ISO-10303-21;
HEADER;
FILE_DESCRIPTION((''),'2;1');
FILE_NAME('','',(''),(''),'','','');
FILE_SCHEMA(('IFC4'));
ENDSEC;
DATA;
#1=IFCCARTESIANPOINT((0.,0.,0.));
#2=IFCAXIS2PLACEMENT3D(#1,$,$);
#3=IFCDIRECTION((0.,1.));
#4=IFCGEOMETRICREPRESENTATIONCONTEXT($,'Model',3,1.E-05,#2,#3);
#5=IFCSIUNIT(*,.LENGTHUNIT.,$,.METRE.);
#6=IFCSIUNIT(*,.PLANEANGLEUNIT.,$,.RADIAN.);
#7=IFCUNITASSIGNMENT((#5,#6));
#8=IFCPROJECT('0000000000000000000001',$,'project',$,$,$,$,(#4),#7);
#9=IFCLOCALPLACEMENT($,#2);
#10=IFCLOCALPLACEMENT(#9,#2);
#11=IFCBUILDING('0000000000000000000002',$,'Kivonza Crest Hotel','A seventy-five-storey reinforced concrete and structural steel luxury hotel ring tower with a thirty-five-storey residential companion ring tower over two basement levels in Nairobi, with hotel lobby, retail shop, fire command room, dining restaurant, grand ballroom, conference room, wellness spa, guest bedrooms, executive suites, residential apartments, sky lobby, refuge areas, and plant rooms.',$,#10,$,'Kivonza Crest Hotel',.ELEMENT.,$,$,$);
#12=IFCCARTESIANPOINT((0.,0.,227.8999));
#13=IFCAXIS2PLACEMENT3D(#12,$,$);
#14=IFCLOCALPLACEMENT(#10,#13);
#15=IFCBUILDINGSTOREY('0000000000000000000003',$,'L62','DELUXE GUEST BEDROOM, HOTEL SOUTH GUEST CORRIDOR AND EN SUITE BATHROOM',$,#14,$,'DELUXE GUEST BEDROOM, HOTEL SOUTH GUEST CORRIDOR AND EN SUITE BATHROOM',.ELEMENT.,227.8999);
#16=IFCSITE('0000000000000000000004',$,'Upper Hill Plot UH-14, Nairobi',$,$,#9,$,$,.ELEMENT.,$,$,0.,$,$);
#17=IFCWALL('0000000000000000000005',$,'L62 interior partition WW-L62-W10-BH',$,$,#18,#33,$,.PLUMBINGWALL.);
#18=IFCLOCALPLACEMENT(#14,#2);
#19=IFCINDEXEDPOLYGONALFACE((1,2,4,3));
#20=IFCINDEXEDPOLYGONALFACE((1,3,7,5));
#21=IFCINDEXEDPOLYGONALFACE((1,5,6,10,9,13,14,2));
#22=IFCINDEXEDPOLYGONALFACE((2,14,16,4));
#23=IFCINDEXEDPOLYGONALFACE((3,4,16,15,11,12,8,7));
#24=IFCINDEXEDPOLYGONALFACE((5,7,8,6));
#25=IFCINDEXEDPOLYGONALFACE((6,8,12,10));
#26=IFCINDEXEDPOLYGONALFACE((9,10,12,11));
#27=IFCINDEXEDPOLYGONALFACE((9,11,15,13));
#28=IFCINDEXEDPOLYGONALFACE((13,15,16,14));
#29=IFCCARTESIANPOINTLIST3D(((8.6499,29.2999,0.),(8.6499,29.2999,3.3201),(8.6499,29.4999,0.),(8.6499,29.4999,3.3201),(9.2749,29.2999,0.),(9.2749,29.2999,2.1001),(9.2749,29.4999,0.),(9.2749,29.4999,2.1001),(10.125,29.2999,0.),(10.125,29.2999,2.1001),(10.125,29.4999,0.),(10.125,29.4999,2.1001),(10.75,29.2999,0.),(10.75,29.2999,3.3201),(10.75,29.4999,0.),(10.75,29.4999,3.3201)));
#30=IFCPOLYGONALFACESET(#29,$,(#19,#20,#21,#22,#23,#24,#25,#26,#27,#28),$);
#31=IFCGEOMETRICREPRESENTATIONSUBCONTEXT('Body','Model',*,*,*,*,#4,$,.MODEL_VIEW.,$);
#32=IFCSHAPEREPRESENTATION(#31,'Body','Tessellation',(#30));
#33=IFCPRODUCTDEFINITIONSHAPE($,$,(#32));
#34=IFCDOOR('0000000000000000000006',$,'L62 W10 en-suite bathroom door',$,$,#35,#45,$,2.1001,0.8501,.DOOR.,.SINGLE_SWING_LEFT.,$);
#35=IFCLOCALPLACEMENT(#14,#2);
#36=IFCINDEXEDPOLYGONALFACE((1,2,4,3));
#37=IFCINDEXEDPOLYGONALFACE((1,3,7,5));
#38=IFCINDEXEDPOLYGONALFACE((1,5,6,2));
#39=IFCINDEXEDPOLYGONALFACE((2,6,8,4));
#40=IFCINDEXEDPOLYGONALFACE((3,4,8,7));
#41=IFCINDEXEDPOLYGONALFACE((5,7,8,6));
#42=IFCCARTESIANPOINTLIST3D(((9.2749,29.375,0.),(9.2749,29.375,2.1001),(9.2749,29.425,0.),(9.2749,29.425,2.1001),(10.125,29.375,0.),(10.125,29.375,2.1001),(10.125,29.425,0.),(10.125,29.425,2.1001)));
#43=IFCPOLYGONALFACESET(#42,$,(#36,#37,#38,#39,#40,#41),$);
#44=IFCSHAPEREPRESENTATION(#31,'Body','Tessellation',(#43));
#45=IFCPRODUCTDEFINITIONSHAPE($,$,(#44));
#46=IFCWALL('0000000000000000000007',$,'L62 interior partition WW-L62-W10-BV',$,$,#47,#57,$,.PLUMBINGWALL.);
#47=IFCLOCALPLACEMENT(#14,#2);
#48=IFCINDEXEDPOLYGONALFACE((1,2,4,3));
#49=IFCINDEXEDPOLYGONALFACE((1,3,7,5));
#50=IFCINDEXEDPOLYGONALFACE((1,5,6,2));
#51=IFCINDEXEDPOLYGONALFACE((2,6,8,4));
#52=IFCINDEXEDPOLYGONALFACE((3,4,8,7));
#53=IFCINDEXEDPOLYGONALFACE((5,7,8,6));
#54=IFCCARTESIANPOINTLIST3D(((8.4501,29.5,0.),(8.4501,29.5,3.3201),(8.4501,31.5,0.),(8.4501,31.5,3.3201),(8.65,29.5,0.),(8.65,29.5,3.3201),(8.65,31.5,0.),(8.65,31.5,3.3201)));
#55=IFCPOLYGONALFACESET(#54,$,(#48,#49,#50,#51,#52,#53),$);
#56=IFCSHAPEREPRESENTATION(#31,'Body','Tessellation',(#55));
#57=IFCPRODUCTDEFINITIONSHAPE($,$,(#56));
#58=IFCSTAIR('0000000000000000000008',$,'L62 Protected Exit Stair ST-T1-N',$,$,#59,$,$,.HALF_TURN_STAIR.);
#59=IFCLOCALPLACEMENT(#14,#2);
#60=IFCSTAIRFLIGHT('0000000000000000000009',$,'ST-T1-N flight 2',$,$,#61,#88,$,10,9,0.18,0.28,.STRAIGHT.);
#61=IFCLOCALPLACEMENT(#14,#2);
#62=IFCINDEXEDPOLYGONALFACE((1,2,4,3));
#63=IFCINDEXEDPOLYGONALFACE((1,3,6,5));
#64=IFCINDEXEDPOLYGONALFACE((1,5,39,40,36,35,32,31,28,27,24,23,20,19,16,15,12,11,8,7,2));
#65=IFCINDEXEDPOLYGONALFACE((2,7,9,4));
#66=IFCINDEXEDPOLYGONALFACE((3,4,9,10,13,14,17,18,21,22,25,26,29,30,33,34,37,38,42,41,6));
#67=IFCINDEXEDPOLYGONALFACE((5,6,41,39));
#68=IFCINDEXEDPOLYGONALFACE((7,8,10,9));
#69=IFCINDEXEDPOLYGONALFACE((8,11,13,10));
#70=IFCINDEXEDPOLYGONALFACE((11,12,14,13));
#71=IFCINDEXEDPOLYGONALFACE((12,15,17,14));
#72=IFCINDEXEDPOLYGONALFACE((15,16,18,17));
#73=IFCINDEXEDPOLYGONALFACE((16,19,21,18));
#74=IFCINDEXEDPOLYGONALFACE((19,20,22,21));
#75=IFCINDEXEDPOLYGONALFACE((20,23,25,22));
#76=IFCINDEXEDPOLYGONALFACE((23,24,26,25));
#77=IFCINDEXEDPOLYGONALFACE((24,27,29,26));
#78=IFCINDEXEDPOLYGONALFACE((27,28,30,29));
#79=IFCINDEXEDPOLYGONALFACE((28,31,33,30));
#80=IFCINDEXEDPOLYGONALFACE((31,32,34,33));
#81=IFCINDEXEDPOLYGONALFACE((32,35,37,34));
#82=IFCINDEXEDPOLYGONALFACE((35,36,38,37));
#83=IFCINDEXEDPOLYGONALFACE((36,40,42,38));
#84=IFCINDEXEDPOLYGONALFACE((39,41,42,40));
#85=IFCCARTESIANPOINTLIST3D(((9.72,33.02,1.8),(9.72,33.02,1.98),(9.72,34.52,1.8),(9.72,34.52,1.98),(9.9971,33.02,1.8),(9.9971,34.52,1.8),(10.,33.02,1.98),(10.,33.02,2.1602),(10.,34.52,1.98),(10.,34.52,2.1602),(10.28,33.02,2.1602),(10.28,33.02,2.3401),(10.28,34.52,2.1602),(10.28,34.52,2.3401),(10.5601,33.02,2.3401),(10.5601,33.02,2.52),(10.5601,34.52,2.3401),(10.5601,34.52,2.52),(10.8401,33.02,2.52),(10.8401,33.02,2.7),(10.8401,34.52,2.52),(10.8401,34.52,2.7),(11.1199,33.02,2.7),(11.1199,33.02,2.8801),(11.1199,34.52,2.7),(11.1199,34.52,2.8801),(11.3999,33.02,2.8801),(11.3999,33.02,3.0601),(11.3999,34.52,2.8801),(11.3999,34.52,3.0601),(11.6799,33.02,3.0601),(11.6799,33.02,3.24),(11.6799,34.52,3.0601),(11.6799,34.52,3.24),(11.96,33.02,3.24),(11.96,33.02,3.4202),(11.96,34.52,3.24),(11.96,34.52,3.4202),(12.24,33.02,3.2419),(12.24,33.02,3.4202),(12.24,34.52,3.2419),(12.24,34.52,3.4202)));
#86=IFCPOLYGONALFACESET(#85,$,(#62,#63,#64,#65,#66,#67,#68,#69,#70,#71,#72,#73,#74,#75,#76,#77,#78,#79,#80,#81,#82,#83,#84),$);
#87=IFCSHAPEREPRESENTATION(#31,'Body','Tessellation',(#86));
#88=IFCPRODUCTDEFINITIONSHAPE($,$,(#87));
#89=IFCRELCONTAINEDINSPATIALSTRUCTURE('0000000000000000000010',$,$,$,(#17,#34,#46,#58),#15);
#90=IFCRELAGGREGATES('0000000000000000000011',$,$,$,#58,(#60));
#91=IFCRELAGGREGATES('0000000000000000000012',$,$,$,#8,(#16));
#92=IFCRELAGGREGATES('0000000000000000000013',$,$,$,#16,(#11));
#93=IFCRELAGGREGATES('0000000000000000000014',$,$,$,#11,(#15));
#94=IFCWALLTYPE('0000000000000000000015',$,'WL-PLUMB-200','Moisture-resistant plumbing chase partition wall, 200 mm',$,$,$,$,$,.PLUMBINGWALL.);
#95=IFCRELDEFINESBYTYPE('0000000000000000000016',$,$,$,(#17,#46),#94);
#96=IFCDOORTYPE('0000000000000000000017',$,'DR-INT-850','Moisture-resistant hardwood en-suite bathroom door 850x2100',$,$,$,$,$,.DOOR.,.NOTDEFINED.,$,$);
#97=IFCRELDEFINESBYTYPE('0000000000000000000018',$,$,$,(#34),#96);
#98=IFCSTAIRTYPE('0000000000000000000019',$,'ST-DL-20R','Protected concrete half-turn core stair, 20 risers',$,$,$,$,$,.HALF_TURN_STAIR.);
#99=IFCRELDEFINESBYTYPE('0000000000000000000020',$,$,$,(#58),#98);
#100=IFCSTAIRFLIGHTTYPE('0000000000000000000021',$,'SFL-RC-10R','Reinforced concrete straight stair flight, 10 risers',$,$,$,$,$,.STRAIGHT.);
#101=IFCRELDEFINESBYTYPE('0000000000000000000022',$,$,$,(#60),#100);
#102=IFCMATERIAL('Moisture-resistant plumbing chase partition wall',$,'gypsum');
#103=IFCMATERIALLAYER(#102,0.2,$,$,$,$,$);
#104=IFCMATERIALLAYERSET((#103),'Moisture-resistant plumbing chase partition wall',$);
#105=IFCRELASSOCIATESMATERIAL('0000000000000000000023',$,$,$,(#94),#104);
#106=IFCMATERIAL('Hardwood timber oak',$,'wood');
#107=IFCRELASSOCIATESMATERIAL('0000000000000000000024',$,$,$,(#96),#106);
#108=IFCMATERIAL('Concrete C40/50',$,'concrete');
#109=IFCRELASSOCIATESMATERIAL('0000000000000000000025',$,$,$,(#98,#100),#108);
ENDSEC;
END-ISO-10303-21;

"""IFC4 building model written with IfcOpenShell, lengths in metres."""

from ifc_helpers import new_model, si_unit, direction, frame, frame_2d, origin, place, context, subcontext, project, spatial, polyline, rectangle, outline, extrude, material, layer, layer_set, type_object, element, fill, aggregate, save


model = new_model("IFC4")

# Units and contexts
model_context = context("Model", 3, precision=1e-05, world=origin(), true_north=direction((0.0, 1.0)))
body_context = subcontext(model_context, "Body", "Model", "MODEL_VIEW")
ifc_project = project(units=[si_unit("LENGTHUNIT", "METRE"), si_unit("PLANEANGLEUNIT", "RADIAN")], contexts=[model_context])

# Site, building, storey
site_placement = place(None, origin())
site = spatial("IfcSite", under=ifc_project, at=site_placement, Name="Upper Hill Plot UH-14, Nairobi", CompositionType="ELEMENT", RefElevation=0.0)
building_placement = place(site_placement, origin())
building = spatial("IfcBuilding", under=site, at=building_placement, Name="Kivonza Crest Hotel", Description="A seventy-five-storey reinforced concrete and structural steel luxury hotel ring tower with a thirty-five-storey residential companion ring tower over two basement levels in Nairobi, with hotel lobby, retail shop, fire command room, dining restaurant, grand ballroom, conference room, wellness spa, guest bedrooms, executive suites, residential apartments, sky lobby, refuge areas, and plant rooms.", LongName="Kivonza Crest Hotel", CompositionType="ELEMENT")
storey_placement = place(building_placement, frame((0.0, 0.0, 227.8999)))
storey = spatial("IfcBuildingStorey", under=building, at=storey_placement, Name="L62", Description="DELUXE GUEST BEDROOM, HOTEL SOUTH GUEST CORRIDOR AND EN SUITE BATHROOM", LongName="DELUXE GUEST BEDROOM, HOTEL SOUTH GUEST CORRIDOR AND EN SUITE BATHROOM", CompositionType="ELEMENT", Elevation=227.8999)

# Shared definitions
ifc_material_1 = material(Name="Hardwood timber oak", Category="wood")

# Wall, opening, door
ifc_material_2 = material(Name="Moisture-resistant plumbing chase partition wall", Category="gypsum")
ifc_layer_1 = layer(ifc_material_2, 0.2)
ifc_layer_set_1 = layer_set([ifc_layer_1], Name="Moisture-resistant plumbing chase partition wall")
wall_type_1 = type_object("IfcWallType", Name="WL-PLUMB-200", Description="Moisture-resistant plumbing chase partition wall, 200 mm", PredefinedType="PLUMBINGWALL", material=ifc_layer_set_1)
wall_1_placement = place(storey_placement, frame((8.6499, 29.3999, 0.0), z_axis=(0.0, 0.0, 1.0), x_axis=(1.0, 0.0, 0.0)))
wall_1 = element("IfcWall", 1, at=wall_1_placement, inside=storey, type_object=wall_type_1, Name="L62 interior partition WW-L62-W10-BH", PredefinedType="PLUMBINGWALL", context=body_context, shape_type="SweptSolid", body=[
    extrude(rectangle(XDim=2.1001, YDim=0.2, at=frame_2d((1.05, 0.0))), origin(), (0.0, 0.0, 1.0), 3.3201),
])
opening_1_placement = place(wall_1_placement, frame((0.625, 0.0, 0.0)))
opening_1 = element("IfcOpeningElement", 2, at=opening_1_placement, cuts=wall_1, PredefinedType="OPENING", context=body_context, shape_type="SweptSolid", body=[
    extrude(rectangle(XDim=0.8501, YDim=2.1001, at=frame_2d((0.425, 1.05))), frame((0.0, 0.1099, 0.0), z_axis=(0.0, -1.0, 0.0), x_axis=(1.0, 0.0, 0.0)), (0.0, 0.0, 1.0), 0.22),
])
door_type_1 = type_object("IfcDoorType", Name="DR-INT-850", Description="Moisture-resistant hardwood en-suite bathroom door 850x2100", OperationType="NOTDEFINED", PredefinedType="DOOR", material=ifc_material_1)
door_1_placement = place(opening_1_placement, frame((0.8501, 0.0, 0.0), z_axis=(0.0, 0.0, 1.0), x_axis=(-1.0, 0.0, 0.0)))
door_1 = element("IfcDoor", 3, at=door_1_placement, inside=storey, type_object=door_type_1, Name="L62 W10 en-suite bathroom door", OperationType="SINGLE_SWING_LEFT", OverallHeight=2.1001, OverallWidth=0.8501, PredefinedType="DOOR", context=body_context, shape_type="SweptSolid", body=[
    extrude(rectangle(XDim=0.8501, YDim=2.1001, at=frame_2d((0.425, 1.05))), frame((0.0, 0.0249, 0.0), z_axis=(0.0, -1.0, 0.0), x_axis=(1.0, 0.0, 0.0)), (0.0, 0.0, 1.0), 0.05),
])
fill(opening_1, door_1)

# Wall
wall_2_placement = place(storey_placement, frame((8.55, 29.5, 0.0), z_axis=(0.0, 0.0, 1.0), x_axis=(0.0, 1.0, 0.0)))
element("IfcWall", 4, at=wall_2_placement, inside=storey, type_object=wall_type_1, Name="L62 interior partition WW-L62-W10-BV", PredefinedType="PLUMBINGWALL", context=body_context, shape_type="SweptSolid", body=[
    extrude(rectangle(XDim=2.0, YDim=0.2, at=frame_2d((1.0, 0.0))), origin(), (0.0, 0.0, 1.0), 3.3201),
])

# Stair, stair flight
ifc_material_3 = material(Name="Concrete C40/50", Category="concrete")
stair_type = type_object("IfcStairType", Name="ST-DL-20R", Description="Protected concrete half-turn core stair, 20 risers", PredefinedType="HALF_TURN_STAIR", material=ifc_material_3)
stair_placement = place(storey_placement, origin())
stair = element("IfcStair", 5, at=stair_placement, inside=storey, type_object=stair_type, Name="L62 Protected Exit Stair ST-T1-N", PredefinedType="HALF_TURN_STAIR")
stair_flight_type = type_object("IfcStairFlightType", Name="SFL-RC-10R", Description="Reinforced concrete straight stair flight, 10 risers", PredefinedType="STRAIGHT", material=ifc_material_3)
stair_flight_placement = place(storey_placement, frame((9.72, 33.77, 1.8), z_axis=(0.0, 0.0, 1.0), x_axis=(1.0, 0.0, 0.0)))
stair_flight = element("IfcStairFlight", 6, at=stair_flight_placement, type_object=stair_flight_type, Name="ST-T1-N flight 2", NumberOfRisers=10, NumberOfTreads=9, PredefinedType="STRAIGHT", RiserHeight=0.18, TreadLength=0.28, context=body_context, shape_type="SweptSolid", body=[
    extrude(outline(polyline([(0.0, 0.0), (0.0, 0.1799), (0.28, 0.1799), (0.28, 0.3601), (0.5601, 0.3601), (0.5601, 0.54), (0.8401, 0.54), (0.8401, 0.72), (1.1201, 0.72), (1.1201, 0.8999), (1.3999, 0.8999), (1.3999, 1.0801), (1.6799, 1.0801), (1.6799, 1.26), (1.96, 1.26), (1.96, 1.4399), (2.24, 1.4399), (2.24, 1.6201), (2.52, 1.6201), (2.52, 1.8), (2.52, 1.4419), (0.2771, 0.0), (0.0, 0.0)])), frame((0.0, 0.75, 0.0), z_axis=(0.0, -1.0, 0.0), x_axis=(1.0, 0.0, 0.0)), (0.0, 0.0, 1.0), 1.5),
])
aggregate(stair, [stair_flight])

save(model, "model.ifc")
